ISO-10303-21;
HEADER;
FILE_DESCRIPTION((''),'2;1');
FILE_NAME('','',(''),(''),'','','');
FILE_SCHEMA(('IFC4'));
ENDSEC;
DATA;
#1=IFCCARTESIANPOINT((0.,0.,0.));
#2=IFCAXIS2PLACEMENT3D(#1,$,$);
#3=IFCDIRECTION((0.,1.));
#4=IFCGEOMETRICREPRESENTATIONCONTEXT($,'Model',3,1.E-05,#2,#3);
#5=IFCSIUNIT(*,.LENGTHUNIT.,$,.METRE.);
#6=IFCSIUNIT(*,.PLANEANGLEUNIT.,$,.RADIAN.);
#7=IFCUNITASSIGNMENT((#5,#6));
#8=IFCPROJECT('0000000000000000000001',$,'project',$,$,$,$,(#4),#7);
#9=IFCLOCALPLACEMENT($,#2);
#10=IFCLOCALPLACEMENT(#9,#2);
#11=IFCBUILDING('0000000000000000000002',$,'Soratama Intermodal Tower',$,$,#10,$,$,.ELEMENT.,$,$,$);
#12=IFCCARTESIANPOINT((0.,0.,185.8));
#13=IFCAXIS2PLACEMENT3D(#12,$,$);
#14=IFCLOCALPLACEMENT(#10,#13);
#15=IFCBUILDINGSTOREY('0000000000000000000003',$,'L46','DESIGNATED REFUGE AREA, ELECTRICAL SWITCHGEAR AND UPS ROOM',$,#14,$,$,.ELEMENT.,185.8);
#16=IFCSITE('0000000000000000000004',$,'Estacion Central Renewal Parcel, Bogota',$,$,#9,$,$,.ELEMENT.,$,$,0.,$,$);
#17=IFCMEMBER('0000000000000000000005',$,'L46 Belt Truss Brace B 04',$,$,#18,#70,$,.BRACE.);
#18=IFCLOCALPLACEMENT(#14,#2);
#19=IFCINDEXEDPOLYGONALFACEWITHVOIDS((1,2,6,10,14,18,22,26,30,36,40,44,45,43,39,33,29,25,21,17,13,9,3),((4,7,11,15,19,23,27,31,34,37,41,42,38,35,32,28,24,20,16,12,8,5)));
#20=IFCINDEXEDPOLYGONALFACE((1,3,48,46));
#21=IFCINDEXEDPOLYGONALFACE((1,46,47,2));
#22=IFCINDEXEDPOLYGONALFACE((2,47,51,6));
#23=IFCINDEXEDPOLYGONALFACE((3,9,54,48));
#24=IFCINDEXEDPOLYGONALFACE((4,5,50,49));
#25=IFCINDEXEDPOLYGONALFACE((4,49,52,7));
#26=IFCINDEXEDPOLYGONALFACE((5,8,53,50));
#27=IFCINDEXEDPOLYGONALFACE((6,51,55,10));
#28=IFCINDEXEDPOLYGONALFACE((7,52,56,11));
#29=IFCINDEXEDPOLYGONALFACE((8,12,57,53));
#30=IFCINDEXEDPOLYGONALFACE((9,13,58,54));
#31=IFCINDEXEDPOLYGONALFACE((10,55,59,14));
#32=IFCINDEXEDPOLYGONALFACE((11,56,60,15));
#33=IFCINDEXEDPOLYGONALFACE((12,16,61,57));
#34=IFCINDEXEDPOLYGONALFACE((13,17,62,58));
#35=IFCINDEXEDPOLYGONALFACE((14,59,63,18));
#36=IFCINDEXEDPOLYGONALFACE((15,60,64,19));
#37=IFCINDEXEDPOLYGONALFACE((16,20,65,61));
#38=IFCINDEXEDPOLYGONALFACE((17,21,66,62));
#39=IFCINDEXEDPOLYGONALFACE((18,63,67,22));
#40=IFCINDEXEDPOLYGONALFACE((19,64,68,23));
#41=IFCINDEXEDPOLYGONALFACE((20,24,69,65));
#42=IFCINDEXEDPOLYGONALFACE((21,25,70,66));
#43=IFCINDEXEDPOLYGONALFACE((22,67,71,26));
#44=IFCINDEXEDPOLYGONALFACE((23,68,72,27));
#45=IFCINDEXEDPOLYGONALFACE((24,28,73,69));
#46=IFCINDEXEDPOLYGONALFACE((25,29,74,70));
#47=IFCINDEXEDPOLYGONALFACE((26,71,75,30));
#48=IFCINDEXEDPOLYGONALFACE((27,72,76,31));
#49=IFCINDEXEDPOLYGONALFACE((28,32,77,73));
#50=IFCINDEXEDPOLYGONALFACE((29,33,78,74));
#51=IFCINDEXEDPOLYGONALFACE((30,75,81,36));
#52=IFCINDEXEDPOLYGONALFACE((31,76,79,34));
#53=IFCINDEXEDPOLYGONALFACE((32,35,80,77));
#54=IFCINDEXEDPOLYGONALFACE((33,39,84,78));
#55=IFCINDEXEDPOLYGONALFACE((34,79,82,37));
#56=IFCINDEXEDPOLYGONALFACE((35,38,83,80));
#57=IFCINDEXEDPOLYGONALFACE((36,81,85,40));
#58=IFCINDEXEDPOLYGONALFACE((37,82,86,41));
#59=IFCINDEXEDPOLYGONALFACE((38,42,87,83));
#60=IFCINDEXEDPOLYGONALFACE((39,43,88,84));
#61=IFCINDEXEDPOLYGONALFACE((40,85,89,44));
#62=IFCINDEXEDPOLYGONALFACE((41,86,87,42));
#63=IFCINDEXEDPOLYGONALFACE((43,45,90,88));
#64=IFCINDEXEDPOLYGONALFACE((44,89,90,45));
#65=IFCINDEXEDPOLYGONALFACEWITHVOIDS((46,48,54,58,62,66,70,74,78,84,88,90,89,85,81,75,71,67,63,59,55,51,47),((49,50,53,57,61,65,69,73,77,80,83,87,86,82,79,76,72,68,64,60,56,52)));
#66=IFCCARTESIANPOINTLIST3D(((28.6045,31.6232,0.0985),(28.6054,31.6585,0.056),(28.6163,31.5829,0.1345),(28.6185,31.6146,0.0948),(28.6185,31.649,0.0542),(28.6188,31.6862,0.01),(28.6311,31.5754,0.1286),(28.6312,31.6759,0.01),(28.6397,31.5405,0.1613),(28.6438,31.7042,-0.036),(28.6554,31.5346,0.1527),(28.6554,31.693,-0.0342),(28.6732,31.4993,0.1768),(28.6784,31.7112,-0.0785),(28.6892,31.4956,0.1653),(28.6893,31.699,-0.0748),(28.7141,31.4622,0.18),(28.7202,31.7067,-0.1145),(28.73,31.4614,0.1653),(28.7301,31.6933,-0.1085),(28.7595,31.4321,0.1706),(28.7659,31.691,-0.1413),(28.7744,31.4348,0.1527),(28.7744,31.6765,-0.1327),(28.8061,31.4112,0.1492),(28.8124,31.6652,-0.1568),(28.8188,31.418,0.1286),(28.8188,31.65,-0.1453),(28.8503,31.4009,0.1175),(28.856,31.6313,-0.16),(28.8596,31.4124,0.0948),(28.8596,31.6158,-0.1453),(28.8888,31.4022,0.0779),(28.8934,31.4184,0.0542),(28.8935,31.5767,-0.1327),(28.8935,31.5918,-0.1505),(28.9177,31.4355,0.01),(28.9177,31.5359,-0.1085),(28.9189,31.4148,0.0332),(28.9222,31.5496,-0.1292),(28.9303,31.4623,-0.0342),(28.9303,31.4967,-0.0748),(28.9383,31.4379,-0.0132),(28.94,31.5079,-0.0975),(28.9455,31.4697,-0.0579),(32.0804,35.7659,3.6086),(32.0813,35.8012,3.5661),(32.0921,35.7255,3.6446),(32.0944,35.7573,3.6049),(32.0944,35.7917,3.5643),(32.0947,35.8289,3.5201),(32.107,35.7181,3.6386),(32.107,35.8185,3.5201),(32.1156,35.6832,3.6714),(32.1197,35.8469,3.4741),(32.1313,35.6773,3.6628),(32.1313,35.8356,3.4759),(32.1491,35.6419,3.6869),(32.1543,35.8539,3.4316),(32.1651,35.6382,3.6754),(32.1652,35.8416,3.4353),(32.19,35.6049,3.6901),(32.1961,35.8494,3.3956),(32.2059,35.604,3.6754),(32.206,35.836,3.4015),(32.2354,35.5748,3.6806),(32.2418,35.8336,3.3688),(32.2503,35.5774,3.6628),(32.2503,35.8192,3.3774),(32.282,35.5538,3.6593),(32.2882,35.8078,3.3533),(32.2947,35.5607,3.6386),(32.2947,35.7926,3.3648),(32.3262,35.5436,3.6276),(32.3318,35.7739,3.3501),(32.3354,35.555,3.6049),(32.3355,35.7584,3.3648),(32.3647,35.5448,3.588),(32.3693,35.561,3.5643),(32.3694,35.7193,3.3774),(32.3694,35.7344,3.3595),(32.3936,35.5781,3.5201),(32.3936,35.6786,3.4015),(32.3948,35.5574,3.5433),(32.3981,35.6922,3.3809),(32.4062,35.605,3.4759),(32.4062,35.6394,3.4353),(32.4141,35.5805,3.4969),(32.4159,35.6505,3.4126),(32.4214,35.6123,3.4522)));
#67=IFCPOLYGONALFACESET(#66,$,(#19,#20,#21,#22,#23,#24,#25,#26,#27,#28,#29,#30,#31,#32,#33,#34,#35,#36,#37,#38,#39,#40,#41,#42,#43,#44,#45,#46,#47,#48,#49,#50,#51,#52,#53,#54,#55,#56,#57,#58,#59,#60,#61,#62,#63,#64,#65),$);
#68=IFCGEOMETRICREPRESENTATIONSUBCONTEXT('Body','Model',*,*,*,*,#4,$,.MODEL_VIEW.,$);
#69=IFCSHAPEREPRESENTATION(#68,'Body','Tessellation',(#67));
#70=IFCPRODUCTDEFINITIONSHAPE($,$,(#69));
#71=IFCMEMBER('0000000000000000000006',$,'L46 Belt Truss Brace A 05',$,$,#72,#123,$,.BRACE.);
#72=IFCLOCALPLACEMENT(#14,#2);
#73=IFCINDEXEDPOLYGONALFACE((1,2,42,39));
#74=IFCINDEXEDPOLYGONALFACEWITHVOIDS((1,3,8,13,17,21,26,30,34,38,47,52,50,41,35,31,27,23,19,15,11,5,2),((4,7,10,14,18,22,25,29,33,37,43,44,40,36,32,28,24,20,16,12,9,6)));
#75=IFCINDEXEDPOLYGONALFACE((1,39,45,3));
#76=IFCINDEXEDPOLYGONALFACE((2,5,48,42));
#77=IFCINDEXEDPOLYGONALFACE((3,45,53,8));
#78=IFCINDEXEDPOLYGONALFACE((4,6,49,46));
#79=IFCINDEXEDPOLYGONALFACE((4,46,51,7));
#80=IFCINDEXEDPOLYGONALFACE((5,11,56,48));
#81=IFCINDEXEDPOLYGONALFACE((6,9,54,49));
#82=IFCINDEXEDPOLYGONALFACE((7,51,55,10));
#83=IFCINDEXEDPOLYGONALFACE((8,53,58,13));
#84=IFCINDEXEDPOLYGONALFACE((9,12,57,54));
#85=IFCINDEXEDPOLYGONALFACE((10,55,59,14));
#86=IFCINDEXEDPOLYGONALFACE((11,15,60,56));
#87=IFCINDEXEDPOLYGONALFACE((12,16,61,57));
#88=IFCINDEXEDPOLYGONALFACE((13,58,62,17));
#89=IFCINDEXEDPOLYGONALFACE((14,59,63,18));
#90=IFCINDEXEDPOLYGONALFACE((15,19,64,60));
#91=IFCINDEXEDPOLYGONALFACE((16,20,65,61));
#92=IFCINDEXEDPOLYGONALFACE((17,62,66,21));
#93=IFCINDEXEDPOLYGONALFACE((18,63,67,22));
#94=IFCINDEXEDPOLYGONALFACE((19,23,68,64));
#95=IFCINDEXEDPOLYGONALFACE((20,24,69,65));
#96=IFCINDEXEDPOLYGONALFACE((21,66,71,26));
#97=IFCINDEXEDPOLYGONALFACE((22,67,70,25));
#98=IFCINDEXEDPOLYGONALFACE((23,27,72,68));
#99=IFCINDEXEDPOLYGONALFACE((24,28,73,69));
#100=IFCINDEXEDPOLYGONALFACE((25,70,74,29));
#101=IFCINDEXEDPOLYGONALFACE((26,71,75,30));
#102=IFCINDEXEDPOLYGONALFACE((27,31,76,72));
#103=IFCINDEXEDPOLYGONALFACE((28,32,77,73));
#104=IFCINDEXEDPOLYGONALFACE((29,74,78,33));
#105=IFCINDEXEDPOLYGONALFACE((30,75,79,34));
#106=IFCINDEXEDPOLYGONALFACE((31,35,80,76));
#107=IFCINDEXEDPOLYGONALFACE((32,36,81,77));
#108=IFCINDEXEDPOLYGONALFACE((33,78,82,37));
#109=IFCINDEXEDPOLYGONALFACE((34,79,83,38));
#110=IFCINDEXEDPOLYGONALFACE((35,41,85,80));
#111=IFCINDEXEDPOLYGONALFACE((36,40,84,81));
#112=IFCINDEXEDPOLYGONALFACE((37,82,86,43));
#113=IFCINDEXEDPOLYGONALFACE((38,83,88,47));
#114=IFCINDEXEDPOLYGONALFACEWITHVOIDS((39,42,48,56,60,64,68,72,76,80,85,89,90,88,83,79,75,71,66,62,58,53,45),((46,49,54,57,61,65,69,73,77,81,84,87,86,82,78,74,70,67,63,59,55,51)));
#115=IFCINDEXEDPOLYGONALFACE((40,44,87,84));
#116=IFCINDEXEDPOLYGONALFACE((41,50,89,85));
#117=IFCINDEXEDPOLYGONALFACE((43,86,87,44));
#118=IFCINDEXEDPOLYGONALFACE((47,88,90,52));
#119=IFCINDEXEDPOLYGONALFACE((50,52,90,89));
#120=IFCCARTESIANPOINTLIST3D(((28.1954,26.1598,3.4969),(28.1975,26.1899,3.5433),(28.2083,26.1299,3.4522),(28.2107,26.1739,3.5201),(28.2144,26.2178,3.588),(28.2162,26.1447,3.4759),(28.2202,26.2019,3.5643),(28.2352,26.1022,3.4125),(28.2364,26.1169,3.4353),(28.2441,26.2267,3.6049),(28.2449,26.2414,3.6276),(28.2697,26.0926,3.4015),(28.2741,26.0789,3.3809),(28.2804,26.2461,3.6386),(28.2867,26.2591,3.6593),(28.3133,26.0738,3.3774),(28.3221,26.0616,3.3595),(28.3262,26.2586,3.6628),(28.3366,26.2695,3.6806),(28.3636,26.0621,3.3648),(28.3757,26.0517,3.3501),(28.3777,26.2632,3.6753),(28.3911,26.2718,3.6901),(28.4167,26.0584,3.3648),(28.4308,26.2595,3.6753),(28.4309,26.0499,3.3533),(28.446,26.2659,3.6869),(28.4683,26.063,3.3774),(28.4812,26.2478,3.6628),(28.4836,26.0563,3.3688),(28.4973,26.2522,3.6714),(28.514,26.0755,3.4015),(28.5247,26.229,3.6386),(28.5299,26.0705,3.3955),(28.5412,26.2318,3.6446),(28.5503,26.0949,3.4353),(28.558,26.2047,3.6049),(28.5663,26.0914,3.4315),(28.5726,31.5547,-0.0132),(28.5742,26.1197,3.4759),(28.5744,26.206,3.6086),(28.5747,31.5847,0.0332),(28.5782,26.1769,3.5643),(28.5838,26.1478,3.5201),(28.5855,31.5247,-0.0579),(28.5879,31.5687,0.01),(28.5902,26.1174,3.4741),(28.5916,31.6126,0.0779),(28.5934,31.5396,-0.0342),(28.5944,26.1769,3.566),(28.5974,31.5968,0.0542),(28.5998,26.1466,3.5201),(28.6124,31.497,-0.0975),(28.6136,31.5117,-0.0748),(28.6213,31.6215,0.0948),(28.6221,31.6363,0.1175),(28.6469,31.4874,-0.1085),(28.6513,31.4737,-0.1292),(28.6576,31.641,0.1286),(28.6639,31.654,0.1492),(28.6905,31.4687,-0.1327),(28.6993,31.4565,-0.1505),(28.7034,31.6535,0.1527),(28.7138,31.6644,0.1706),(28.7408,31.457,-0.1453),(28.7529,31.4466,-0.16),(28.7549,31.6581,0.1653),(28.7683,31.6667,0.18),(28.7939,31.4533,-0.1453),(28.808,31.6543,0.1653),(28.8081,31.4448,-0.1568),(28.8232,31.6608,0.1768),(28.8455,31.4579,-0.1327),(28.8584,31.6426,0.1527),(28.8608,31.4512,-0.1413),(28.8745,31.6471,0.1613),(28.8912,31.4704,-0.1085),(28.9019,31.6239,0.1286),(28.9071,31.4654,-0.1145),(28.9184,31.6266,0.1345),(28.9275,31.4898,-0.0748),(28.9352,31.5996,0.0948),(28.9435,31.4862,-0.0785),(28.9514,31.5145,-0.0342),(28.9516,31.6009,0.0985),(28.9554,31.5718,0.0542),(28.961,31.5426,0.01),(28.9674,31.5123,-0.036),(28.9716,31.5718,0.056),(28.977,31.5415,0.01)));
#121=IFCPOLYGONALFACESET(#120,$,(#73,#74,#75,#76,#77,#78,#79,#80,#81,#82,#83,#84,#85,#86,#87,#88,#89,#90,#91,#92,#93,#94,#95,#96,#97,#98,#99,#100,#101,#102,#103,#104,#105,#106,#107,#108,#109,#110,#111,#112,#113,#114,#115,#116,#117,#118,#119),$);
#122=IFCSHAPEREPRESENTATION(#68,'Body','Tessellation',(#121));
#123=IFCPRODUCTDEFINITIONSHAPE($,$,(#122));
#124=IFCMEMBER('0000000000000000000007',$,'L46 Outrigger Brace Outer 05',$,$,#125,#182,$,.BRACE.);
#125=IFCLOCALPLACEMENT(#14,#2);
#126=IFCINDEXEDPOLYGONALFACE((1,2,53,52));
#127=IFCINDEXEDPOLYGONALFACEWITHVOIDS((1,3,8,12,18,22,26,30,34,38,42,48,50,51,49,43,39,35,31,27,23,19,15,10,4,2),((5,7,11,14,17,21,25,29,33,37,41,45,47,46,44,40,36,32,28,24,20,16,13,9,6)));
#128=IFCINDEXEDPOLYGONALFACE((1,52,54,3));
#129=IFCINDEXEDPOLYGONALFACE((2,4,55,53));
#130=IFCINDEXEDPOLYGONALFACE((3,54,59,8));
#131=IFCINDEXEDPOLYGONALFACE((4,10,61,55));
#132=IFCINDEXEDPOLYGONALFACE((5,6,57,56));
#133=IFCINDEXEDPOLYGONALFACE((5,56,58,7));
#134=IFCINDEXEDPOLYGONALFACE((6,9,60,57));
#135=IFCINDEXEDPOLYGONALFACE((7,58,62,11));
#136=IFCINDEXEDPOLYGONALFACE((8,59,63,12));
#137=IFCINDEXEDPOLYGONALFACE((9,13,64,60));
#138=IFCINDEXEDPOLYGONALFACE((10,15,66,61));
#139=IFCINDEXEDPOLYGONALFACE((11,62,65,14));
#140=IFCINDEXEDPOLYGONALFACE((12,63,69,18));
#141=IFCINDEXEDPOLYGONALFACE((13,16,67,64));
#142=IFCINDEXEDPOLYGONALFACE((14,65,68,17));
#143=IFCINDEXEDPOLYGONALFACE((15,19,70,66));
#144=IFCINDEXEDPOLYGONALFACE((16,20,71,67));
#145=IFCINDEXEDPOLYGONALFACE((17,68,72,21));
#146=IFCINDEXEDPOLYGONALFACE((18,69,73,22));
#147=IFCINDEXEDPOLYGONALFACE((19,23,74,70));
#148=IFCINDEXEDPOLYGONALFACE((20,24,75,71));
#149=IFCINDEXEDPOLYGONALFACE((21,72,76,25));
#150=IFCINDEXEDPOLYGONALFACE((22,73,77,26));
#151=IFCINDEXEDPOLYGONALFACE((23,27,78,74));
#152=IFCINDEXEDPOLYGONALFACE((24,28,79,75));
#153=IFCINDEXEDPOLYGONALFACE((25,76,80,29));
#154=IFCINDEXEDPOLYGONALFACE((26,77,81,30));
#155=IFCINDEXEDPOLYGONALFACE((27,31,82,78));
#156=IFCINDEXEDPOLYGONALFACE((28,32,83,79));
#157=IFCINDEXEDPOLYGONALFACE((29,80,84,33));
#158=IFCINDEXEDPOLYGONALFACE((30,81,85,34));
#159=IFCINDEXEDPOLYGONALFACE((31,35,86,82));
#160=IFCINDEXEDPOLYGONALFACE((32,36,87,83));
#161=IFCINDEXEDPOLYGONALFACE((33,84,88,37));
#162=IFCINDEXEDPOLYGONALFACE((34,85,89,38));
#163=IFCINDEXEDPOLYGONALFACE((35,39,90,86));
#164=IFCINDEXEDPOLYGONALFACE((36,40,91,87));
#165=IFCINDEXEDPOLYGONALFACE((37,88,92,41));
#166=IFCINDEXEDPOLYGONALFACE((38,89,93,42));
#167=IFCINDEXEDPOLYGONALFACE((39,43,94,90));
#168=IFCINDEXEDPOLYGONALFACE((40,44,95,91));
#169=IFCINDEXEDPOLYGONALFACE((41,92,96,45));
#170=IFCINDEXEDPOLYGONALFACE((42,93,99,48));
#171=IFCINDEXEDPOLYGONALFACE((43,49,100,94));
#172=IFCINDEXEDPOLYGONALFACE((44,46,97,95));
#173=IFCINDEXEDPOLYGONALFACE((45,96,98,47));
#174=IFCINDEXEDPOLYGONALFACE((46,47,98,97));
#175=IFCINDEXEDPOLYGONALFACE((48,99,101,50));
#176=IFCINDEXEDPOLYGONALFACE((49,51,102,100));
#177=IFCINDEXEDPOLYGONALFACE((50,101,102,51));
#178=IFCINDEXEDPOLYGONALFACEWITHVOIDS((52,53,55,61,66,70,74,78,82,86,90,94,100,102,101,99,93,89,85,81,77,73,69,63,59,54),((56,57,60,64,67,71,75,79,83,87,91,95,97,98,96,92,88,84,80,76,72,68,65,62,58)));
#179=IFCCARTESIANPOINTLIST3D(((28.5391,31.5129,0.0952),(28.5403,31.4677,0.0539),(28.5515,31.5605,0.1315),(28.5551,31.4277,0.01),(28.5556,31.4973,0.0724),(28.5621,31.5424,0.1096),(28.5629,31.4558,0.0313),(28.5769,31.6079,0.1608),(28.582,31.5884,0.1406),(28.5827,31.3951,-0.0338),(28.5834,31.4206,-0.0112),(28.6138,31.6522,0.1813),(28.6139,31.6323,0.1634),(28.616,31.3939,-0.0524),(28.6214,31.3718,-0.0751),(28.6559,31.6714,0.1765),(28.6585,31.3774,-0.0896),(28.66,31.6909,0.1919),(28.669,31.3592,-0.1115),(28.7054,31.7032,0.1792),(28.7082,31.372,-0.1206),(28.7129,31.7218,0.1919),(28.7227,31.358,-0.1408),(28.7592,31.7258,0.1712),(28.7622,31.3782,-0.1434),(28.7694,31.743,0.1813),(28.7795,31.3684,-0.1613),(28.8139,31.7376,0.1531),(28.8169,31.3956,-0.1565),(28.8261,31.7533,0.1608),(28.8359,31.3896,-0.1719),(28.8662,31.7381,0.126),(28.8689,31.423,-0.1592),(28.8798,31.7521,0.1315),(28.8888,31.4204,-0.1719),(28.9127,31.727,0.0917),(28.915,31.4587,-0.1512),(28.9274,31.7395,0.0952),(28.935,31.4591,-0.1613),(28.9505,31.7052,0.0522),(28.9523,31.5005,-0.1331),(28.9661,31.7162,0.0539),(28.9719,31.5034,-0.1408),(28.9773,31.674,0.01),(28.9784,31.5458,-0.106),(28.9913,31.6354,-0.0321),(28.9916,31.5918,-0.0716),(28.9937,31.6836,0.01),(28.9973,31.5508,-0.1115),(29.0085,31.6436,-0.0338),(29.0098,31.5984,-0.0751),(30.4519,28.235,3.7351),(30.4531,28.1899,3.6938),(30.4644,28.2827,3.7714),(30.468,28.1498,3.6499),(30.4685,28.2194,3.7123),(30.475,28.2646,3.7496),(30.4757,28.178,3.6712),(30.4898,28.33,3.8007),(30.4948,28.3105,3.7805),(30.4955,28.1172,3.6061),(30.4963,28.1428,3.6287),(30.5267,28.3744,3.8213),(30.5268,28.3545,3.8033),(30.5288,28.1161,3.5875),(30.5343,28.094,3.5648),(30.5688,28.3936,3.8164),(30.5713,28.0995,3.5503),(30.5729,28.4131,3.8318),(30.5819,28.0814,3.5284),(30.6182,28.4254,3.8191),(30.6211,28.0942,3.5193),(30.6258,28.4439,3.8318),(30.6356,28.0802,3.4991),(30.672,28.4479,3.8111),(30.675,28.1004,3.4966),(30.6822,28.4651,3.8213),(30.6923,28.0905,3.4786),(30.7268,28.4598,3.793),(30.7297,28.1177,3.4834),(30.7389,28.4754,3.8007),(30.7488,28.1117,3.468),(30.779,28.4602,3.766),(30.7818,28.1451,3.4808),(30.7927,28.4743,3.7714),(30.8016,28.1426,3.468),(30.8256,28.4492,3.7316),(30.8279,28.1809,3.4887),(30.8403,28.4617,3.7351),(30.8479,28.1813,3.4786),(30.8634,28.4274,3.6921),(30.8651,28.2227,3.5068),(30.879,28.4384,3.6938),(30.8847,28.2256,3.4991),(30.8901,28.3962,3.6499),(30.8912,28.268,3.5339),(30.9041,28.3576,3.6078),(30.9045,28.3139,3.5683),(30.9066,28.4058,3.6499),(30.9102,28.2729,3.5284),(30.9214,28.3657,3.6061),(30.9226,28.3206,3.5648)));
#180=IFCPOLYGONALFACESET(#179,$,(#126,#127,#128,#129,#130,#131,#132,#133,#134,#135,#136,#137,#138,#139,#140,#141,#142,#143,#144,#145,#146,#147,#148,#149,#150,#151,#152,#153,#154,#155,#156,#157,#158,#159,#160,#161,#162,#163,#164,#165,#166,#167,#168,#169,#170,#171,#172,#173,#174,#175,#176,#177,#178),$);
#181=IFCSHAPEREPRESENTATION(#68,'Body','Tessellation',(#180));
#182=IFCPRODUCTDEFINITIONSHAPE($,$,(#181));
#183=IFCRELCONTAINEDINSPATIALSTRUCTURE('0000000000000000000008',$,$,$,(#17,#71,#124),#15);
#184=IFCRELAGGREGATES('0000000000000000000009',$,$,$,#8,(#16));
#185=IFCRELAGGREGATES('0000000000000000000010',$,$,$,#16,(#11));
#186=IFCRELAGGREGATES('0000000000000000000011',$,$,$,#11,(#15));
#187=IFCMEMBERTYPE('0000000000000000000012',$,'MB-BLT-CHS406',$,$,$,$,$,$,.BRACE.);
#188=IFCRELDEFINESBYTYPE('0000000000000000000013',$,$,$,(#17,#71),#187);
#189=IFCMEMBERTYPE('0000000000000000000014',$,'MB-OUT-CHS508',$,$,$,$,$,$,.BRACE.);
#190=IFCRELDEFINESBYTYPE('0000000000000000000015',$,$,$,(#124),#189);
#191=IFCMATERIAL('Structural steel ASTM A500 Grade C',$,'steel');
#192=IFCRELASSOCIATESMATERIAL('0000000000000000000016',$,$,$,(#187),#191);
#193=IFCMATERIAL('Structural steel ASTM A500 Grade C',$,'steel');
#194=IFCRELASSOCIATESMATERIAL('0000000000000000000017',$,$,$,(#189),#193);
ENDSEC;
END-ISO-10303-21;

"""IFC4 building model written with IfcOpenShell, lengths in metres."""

from ifc_helpers import new_model, si_unit, direction, frame, origin, origin_2d, place, context, subcontext, project, spatial, hollow_circle, extrude, material, material_profile, profile_set, type_object, element, save


model = new_model("IFC4")

# Units and contexts
model_context = context("Model", 3, precision=1e-05, world=origin(), true_north=direction((0.0, 1.0)))
body_context = subcontext(model_context, "Body", "Model", "MODEL_VIEW")
ifc_project = project(units=[si_unit("LENGTHUNIT", "METRE"), si_unit("PLANEANGLEUNIT", "RADIAN")], contexts=[model_context])

# Site, building, storey
site_placement = place(None, origin())
site = spatial("IfcSite", under=ifc_project, at=site_placement, Name="Estacion Central Renewal Parcel, Bogota", CompositionType="ELEMENT", RefElevation=0.0)
building_placement = place(site_placement, origin())
building = spatial("IfcBuilding", under=site, at=building_placement, Name="Soratama Intermodal Tower", CompositionType="ELEMENT")
storey_placement = place(building_placement, frame((0.0, 0.0, 185.8)))
storey = spatial("IfcBuildingStorey", under=building, at=storey_placement, Name="L46", Description="DESIGNATED REFUGE AREA, ELECTRICAL SWITCHGEAR AND UPS ROOM", CompositionType="ELEMENT", Elevation=185.8)

# Members
ifc_material_1 = material(Name="Structural steel ASTM A500 Grade C", Category="steel")
ifc_material_profile_1 = material_profile(ifc_material_1, hollow_circle(Radius=0.2031, WallThickness=0.0161, at=origin_2d()), Name="CHS406X16")
ifc_profile_set_1 = profile_set([ifc_material_profile_1], Name="Structural steel ASTM A500 Grade C")
member_type_1 = type_object("IfcMemberType", Name="MB-BLT-CHS406", PredefinedType="BRACE", material=ifc_profile_set_1)
member_1_placement = place(storey_placement, frame((28.7744, 31.5557, 0.01), z_axis=(0.539148, 0.642569, 0.544449), x_axis=(-0.766063, 0.642765, 0.0)))
element("IfcMember", 1, at=member_1_placement, inside=storey, type_object=member_type_1, Name="L46 Belt Truss Brace B 04", PredefinedType="BRACE", context=body_context, shape_type="SweptSolid", body=[
    extrude(hollow_circle(Radius=0.2031, WallThickness=0.0161, at=origin_2d()), origin(), (0.0, 0.0, 1.0), 6.447),
])
member_2_placement = place(storey_placement, frame((28.7744, 31.5557, 0.01), z_axis=(-0.058506, -0.836766, 0.544426), x_axis=(0.997565, -0.069749, 0.0)))
element("IfcMember", 2, at=member_2_placement, inside=storey, type_object=member_type_1, Name="L46 Belt Truss Brace A 05", PredefinedType="BRACE", context=body_context, shape_type="SweptSolid", body=[
    extrude(hollow_circle(Radius=0.2031, WallThickness=0.0161, at=origin_2d()), origin(), (0.0, 0.0, 1.0), 6.4473),
])
ifc_material_2 = material(Name="Structural steel ASTM A500 Grade C", Category="steel")
ifc_material_profile_2 = material_profile(ifc_material_2, hollow_circle(Radius=0.2539, WallThickness=0.019, at=origin_2d()), Name="CHS508X19")
ifc_profile_set_2 = profile_set([ifc_material_profile_2], Name="Structural steel ASTM A500 Grade C")
member_type_2 = type_object("IfcMemberType", Name="MB-OUT-CHS508", PredefinedType="BRACE", material=ifc_profile_set_2)
member_3_placement = place(storey_placement, frame((28.7744, 31.5557, 0.01), z_axis=(0.363761, -0.623338, 0.69219), x_axis=(0.86369, 0.504023, 0.0)))
element("IfcMember", 3, at=member_3_placement, inside=storey, type_object=member_type_2, Name="L46 Outrigger Brace Outer 05", PredefinedType="BRACE", context=body_context, shape_type="SweptSolid", body=[
    extrude(hollow_circle(Radius=0.2539, WallThickness=0.019, at=origin_2d()), origin(), (0.0, 0.0, 1.0), 5.2585),
])

save(model, "model.ifc")
